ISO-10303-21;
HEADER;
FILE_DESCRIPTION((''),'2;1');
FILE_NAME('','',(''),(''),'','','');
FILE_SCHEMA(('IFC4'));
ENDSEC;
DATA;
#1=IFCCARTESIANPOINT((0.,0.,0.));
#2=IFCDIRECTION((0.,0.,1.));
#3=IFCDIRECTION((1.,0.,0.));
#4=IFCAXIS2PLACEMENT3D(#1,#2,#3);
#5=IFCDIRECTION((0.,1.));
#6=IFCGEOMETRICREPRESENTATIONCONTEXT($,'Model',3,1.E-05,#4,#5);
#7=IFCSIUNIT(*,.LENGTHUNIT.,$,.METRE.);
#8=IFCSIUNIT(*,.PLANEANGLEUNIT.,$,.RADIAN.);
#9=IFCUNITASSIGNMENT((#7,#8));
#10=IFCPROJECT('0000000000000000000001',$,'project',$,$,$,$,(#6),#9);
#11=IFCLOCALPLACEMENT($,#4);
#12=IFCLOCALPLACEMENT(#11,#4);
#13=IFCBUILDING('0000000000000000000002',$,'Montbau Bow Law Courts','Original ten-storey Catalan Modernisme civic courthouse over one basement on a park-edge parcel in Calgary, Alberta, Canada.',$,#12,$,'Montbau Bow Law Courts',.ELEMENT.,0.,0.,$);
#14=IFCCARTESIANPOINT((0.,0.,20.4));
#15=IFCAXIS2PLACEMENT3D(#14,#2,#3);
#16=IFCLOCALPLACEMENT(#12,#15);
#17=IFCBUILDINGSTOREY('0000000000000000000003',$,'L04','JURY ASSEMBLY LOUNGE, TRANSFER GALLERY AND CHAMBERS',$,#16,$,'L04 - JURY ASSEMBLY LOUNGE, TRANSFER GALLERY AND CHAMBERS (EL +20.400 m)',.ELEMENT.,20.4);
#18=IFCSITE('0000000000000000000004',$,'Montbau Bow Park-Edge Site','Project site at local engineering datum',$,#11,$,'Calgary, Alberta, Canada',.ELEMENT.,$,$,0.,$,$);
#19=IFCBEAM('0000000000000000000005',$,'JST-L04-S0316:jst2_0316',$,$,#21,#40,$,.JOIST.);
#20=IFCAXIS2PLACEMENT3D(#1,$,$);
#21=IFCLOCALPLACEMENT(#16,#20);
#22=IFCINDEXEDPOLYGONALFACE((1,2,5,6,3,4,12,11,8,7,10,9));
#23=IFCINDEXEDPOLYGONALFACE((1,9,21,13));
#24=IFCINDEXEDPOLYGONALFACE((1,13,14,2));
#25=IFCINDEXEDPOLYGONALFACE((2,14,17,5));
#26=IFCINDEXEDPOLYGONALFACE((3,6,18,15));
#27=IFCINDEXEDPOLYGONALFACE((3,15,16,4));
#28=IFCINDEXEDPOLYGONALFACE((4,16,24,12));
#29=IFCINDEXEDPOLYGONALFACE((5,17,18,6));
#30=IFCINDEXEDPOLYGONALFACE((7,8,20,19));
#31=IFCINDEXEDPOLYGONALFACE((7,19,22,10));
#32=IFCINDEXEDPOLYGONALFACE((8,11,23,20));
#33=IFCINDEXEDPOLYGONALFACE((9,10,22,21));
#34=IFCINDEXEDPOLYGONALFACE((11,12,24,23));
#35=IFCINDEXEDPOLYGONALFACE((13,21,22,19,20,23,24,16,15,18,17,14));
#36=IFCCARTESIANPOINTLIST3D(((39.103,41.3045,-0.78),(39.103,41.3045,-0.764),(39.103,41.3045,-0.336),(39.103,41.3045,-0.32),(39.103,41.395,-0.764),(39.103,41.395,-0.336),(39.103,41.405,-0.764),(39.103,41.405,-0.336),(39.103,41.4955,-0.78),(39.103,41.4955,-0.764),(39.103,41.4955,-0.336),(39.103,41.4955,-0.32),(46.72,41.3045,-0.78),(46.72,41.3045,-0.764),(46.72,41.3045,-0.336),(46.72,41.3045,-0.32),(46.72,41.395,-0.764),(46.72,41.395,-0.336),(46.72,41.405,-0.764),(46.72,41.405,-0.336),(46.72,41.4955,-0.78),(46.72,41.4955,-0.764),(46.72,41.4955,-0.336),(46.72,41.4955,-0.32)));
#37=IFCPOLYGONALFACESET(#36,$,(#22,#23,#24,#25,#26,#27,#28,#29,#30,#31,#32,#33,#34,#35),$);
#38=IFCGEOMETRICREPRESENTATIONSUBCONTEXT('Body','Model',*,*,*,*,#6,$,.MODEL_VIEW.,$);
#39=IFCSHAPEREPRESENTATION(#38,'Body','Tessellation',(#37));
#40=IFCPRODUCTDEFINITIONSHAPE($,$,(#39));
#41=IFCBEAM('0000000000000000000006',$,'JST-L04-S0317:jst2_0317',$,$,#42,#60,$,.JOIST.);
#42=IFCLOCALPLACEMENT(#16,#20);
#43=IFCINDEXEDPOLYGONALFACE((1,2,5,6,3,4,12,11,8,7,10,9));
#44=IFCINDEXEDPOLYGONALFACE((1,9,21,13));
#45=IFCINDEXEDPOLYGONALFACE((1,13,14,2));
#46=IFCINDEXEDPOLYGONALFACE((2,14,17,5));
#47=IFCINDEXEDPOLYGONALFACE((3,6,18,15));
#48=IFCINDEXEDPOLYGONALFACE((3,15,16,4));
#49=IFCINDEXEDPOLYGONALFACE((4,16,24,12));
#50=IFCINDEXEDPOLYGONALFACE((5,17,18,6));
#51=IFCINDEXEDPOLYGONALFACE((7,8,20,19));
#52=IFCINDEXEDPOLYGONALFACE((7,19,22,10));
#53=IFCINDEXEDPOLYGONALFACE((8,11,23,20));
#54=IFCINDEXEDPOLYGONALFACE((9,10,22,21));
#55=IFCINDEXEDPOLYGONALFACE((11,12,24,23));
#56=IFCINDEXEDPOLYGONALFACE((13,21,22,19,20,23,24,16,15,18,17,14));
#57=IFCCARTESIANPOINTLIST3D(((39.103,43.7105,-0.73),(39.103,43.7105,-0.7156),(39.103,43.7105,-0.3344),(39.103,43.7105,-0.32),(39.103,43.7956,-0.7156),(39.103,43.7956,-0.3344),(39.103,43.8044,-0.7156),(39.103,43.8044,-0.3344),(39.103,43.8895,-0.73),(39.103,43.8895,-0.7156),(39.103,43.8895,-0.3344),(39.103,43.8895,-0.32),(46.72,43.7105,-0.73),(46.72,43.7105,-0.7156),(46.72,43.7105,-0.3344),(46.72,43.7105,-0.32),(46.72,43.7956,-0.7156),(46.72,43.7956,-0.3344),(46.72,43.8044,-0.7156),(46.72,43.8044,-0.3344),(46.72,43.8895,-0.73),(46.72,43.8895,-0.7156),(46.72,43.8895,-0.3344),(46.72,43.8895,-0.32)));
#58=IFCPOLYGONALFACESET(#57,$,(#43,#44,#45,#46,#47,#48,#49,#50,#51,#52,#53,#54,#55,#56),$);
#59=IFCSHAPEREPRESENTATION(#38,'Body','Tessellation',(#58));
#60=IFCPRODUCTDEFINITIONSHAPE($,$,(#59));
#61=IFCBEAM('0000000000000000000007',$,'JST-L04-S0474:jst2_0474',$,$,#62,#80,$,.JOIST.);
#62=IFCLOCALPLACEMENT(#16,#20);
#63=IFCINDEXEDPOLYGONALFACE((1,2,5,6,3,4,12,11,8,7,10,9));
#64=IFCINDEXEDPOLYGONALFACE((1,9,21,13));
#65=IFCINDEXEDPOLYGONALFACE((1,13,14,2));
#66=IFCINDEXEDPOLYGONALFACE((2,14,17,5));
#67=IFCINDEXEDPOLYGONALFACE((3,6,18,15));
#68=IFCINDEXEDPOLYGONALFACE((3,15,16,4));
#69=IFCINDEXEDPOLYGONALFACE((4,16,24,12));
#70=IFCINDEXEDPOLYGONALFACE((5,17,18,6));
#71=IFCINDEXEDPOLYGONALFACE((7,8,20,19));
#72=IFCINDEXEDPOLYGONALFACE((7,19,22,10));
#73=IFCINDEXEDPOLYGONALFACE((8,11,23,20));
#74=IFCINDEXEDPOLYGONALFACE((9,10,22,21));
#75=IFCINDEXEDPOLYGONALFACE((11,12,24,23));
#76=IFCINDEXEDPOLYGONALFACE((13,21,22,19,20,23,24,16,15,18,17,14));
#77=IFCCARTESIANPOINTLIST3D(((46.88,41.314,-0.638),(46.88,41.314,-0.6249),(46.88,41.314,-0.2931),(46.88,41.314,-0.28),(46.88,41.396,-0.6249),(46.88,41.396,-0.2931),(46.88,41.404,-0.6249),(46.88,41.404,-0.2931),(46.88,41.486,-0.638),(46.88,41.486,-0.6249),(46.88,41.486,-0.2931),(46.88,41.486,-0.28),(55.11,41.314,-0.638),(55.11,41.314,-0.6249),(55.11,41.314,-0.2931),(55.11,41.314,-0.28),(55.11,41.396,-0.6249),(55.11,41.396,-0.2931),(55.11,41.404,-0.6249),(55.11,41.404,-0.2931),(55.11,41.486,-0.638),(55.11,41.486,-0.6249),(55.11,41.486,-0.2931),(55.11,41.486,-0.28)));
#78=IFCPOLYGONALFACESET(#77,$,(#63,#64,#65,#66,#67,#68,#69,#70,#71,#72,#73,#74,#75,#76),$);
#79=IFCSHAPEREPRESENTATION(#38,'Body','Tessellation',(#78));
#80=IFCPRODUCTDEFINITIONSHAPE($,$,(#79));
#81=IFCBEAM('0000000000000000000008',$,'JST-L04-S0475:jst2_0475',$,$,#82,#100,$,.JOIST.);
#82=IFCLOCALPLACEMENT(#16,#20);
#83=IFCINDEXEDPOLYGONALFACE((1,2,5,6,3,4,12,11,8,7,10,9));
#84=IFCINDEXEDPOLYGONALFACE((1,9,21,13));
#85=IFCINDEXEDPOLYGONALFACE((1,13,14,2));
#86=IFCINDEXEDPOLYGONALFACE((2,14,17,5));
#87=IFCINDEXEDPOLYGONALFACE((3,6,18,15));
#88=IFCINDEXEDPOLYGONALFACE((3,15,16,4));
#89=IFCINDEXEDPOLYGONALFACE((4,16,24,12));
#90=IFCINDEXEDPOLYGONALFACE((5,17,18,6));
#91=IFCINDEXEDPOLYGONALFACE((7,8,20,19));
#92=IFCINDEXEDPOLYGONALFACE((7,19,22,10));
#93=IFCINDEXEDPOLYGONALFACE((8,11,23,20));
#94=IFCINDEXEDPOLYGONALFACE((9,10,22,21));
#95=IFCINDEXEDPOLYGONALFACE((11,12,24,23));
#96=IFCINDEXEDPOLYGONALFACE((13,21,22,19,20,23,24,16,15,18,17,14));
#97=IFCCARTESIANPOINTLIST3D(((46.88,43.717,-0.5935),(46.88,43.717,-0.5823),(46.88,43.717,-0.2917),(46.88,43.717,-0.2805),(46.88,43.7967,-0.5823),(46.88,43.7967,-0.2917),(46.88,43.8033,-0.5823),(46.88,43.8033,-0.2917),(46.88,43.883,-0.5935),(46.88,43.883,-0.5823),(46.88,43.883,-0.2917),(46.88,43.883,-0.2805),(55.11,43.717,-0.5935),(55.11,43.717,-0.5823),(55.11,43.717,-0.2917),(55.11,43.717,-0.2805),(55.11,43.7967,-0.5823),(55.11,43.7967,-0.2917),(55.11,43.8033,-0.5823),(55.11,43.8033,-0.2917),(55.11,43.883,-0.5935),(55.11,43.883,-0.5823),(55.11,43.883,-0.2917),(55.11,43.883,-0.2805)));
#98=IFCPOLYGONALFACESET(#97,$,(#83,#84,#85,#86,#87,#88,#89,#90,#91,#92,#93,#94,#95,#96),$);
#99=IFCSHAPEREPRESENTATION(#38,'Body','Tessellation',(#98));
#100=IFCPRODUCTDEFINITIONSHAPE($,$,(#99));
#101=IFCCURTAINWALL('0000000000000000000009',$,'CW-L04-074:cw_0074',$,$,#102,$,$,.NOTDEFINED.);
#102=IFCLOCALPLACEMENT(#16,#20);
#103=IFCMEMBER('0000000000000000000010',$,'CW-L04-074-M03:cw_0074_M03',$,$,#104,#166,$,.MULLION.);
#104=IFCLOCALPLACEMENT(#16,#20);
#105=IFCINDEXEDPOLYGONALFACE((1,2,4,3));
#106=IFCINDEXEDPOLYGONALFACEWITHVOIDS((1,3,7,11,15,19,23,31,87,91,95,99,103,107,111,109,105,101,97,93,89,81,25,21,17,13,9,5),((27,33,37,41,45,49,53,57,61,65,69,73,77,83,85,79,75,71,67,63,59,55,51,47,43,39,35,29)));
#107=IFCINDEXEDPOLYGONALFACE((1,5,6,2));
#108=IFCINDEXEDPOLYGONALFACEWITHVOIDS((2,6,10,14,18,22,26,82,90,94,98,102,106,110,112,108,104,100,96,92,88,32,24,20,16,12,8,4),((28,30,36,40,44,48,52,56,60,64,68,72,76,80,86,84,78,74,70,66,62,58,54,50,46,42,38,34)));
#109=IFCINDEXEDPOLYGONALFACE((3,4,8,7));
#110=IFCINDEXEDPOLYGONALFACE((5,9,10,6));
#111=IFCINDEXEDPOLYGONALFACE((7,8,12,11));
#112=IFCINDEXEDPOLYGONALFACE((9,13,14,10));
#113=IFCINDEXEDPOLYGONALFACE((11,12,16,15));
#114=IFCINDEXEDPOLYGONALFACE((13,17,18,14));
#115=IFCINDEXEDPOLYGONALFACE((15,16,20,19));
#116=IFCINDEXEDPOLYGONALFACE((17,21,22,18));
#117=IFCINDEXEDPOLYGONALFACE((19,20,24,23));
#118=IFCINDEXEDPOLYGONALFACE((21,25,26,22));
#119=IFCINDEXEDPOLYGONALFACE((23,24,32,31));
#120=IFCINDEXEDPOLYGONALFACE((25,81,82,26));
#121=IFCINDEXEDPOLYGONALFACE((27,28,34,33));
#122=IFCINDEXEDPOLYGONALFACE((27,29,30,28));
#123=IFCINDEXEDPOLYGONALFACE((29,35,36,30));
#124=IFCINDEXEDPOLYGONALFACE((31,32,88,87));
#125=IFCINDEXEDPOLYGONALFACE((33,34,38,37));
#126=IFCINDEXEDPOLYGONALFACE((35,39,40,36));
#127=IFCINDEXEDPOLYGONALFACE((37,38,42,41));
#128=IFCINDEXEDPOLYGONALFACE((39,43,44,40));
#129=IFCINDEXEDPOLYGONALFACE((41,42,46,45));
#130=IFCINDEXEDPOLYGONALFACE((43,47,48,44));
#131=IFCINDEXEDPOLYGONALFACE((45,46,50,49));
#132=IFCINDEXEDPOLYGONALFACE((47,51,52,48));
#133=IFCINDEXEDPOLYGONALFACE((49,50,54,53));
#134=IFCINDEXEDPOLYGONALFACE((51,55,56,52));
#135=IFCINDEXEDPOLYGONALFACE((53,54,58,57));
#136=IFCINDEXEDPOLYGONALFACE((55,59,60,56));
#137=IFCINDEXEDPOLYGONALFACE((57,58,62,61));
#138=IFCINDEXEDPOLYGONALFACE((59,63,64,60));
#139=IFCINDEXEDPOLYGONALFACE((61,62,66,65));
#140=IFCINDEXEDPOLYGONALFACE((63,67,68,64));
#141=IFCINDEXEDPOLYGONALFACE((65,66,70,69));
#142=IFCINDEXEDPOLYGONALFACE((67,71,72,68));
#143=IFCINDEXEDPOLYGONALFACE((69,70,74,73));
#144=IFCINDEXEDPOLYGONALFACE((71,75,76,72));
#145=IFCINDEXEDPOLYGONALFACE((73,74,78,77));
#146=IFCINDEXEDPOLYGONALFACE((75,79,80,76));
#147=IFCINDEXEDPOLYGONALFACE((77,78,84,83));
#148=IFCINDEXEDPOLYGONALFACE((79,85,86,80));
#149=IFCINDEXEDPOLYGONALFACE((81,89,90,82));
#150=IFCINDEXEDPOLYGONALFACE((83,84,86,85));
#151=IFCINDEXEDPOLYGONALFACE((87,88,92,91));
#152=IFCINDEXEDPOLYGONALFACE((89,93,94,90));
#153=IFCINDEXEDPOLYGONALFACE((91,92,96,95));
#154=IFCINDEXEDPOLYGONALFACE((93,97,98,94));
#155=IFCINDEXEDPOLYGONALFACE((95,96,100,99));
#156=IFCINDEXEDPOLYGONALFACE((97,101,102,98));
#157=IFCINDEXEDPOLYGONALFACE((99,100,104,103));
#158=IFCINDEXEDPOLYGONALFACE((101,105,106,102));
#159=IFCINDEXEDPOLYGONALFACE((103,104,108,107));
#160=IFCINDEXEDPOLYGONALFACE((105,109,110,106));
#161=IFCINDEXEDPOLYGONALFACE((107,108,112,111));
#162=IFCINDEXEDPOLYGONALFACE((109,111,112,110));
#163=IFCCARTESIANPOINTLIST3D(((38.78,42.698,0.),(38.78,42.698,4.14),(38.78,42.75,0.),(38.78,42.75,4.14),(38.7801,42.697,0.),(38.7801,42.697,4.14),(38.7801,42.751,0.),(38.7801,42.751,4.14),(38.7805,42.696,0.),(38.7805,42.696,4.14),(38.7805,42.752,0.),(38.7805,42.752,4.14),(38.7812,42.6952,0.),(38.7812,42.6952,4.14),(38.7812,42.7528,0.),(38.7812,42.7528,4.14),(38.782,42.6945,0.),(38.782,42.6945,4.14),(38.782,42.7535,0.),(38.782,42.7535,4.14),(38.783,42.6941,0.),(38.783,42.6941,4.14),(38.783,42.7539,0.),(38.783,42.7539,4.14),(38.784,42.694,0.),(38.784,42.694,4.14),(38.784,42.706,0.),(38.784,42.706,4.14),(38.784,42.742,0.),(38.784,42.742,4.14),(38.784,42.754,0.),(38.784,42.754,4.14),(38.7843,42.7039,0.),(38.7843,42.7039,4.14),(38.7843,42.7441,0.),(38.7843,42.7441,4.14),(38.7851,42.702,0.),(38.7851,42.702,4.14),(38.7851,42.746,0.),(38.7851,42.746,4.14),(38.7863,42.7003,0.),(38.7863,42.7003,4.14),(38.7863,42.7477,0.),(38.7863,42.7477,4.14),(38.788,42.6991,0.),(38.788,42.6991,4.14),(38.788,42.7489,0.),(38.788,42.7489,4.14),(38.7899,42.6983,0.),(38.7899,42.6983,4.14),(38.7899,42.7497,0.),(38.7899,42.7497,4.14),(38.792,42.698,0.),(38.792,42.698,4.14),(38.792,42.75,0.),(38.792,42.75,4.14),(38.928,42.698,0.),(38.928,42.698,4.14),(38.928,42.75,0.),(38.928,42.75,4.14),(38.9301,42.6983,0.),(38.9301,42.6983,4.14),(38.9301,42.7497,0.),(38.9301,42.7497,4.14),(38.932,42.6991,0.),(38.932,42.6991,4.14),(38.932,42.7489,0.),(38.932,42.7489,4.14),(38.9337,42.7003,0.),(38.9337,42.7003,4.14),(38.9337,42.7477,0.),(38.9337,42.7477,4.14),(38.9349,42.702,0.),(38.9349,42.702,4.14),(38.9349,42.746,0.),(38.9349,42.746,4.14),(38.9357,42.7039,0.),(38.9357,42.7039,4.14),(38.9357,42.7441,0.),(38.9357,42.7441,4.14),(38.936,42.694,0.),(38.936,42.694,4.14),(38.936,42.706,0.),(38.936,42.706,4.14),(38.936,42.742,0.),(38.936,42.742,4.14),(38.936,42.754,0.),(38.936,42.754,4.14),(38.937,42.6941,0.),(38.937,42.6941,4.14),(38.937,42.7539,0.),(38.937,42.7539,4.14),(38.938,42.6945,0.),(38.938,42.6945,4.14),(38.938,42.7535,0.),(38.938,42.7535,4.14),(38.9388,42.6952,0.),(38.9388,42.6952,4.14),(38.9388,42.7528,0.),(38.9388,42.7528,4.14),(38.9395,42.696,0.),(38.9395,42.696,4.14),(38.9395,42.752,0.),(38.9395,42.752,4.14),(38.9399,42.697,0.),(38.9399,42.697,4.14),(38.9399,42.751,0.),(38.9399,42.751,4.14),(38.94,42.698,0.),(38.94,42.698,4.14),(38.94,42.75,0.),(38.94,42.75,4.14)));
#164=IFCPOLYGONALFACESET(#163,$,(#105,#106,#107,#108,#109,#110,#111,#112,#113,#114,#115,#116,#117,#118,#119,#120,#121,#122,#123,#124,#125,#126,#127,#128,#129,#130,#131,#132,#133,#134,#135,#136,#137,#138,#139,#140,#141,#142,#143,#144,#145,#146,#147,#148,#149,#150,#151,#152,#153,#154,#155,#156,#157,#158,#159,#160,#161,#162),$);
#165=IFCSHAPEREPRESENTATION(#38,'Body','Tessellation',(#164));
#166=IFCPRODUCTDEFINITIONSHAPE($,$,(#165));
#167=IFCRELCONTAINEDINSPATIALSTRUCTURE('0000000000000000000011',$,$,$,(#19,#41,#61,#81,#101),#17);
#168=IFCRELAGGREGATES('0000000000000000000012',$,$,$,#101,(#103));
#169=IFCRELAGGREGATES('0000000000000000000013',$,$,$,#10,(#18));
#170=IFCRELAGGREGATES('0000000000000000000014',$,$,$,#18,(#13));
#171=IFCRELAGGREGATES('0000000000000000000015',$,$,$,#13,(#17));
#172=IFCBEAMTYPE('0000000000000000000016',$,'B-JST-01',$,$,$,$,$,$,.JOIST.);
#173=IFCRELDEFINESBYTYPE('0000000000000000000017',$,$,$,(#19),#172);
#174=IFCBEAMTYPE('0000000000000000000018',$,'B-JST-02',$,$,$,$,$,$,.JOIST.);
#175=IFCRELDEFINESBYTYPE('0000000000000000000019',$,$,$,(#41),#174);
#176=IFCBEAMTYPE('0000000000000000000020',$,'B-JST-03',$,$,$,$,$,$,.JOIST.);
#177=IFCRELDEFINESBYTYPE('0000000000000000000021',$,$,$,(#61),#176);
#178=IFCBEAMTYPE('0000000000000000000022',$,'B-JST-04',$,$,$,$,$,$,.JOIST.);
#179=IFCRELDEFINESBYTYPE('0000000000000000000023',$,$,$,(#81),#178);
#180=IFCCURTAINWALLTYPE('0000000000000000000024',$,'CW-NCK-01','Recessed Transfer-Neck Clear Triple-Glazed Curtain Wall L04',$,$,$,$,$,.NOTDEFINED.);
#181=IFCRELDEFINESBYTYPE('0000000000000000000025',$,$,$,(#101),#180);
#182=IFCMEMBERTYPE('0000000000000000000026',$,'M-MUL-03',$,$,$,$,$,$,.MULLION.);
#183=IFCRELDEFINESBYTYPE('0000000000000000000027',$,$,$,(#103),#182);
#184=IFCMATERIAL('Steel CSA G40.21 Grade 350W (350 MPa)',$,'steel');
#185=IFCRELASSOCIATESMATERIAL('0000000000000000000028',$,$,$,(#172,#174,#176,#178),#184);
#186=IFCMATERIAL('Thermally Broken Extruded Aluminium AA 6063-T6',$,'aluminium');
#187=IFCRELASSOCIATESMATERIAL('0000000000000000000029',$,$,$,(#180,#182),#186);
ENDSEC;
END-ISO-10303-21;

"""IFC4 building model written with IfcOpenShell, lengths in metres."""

from ifc_helpers import new_model, si_unit, direction, frame, origin_with_axes, origin_2d_with_axis, place, context, subcontext, project, spatial, hollow_rectangle, i_section, extrude, material, material_profile, profile_set, type_object, element, aggregate, save


model = new_model("IFC4")

# Units and contexts
model_context = context("Model", 3, precision=1e-05, world=origin_with_axes(), true_north=direction((0.0, 1.0)))
body_context = subcontext(model_context, "Body", "Model", "MODEL_VIEW")
ifc_project = project(units=[si_unit("LENGTHUNIT", "METRE"), si_unit("PLANEANGLEUNIT", "RADIAN")], contexts=[model_context])

# Site, building, storey
site_placement = place(None, origin_with_axes())
site = spatial("IfcSite", under=ifc_project, at=site_placement, Name="Montbau Bow Park-Edge Site", Description="Project site at local engineering datum", LongName="Calgary, Alberta, Canada", CompositionType="ELEMENT", RefElevation=0.0)
building_placement = place(site_placement, origin_with_axes())
building = spatial("IfcBuilding", under=site, at=building_placement, Name="Montbau Bow Law Courts", Description="Original ten-storey Catalan Modernisme civic courthouse over one basement on a park-edge parcel in Calgary, Alberta, Canada.", LongName="Montbau Bow Law Courts", CompositionType="ELEMENT", ElevationOfRefHeight=0.0, ElevationOfTerrain=0.0)
storey_placement = place(building_placement, frame((0.0, 0.0, 20.4), z_axis=(0.0, 0.0, 1.0), x_axis=(1.0, 0.0, 0.0)))
storey = spatial("IfcBuildingStorey", under=building, at=storey_placement, Name="L04", Description="JURY ASSEMBLY LOUNGE, TRANSFER GALLERY AND CHAMBERS", LongName="L04 - JURY ASSEMBLY LOUNGE, TRANSFER GALLERY AND CHAMBERS (EL +20.400 m)", CompositionType="ELEMENT", Elevation=20.4)

# Beams
ifc_material_1 = material(Name="Steel CSA G40.21 Grade 350W (350 MPa)", Category="steel")
ifc_material_profile_1 = material_profile(ifc_material_1, i_section(OverallWidth=0.191, OverallDepth=0.46, WebThickness=0.0099, FlangeThickness=0.016, at=origin_2d_with_axis()), Name="W460X82", Category="Main", Priority=0)
ifc_profile_set_1 = profile_set([ifc_material_profile_1], Name="Steel CSA G40.21 Grade 350W (350 MPa)")
beam_type_1 = type_object("IfcBeamType", Name="B-JST-01", PredefinedType="JOIST", material=ifc_profile_set_1)
beam_1_placement = place(None, frame((39.103, 41.4, 19.85), z_axis=(1.0, 0.0, 0.0), x_axis=(0.0, 1.0, 0.0)))
element("IfcBeam", 1, at=beam_1_placement, inside=storey, type_object=beam_type_1, Name="JST-L04-S0316:jst2_0316", PredefinedType="JOIST", context=body_context, shape_type="SweptSolid", body=[
    extrude(i_section(OverallWidth=0.191, OverallDepth=0.46, WebThickness=0.0099, FlangeThickness=0.016, at=origin_2d_with_axis()), origin_with_axes(), (0.0, 0.0, 1.0), 7.617),
])
ifc_material_profile_2 = material_profile(ifc_material_1, i_section(OverallWidth=0.179, OverallDepth=0.41, WebThickness=0.0088, FlangeThickness=0.0144, at=origin_2d_with_axis()), Name="W410X67", Category="Main", Priority=0)
ifc_profile_set_2 = profile_set([ifc_material_profile_2], Name="Steel CSA G40.21 Grade 350W (350 MPa)")
beam_type_2 = type_object("IfcBeamType", Name="B-JST-02", PredefinedType="JOIST", material=ifc_profile_set_2)
beam_2_placement = place(None, frame((39.103, 43.8, 19.875), z_axis=(1.0, 0.0, 0.0), x_axis=(0.0, 1.0, 0.0)))
element("IfcBeam", 2, at=beam_2_placement, inside=storey, type_object=beam_type_2, Name="JST-L04-S0317:jst2_0317", PredefinedType="JOIST", context=body_context, shape_type="SweptSolid", body=[
    extrude(i_section(OverallWidth=0.179, OverallDepth=0.41, WebThickness=0.0088, FlangeThickness=0.0144, at=origin_2d_with_axis()), origin_with_axes(), (0.0, 0.0, 1.0), 7.617),
])
ifc_material_profile_3 = material_profile(ifc_material_1, i_section(OverallWidth=0.172, OverallDepth=0.358, WebThickness=0.0079, FlangeThickness=0.0131, at=origin_2d_with_axis()), Name="W360X57", Category="Main", Priority=0)
ifc_profile_set_3 = profile_set([ifc_material_profile_3], Name="Steel CSA G40.21 Grade 350W (350 MPa)")
beam_type_3 = type_object("IfcBeamType", Name="B-JST-03", PredefinedType="JOIST", material=ifc_profile_set_3)
beam_3_placement = place(None, frame((46.88, 41.4, 19.941), z_axis=(1.0, 0.0, 0.0), x_axis=(0.0, 1.0, 0.0)))
element("IfcBeam", 3, at=beam_3_placement, inside=storey, type_object=beam_type_3, Name="JST-L04-S0474:jst2_0474", PredefinedType="JOIST", context=body_context, shape_type="SweptSolid", body=[
    extrude(i_section(OverallWidth=0.172, OverallDepth=0.358, WebThickness=0.0079, FlangeThickness=0.0131, at=origin_2d_with_axis()), origin_with_axes(), (0.0, 0.0, 1.0), 8.23),
])
ifc_material_profile_4 = material_profile(ifc_material_1, i_section(OverallWidth=0.166, OverallDepth=0.313, WebThickness=0.0066, FlangeThickness=0.0112, at=origin_2d_with_axis()), Name="W310X45", Category="Main", Priority=0)
ifc_profile_set_4 = profile_set([ifc_material_profile_4], Name="Steel CSA G40.21 Grade 350W (350 MPa)")
beam_type_4 = type_object("IfcBeamType", Name="B-JST-04", PredefinedType="JOIST", material=ifc_profile_set_4)
beam_4_placement = place(None, frame((46.88, 43.8, 19.963), z_axis=(1.0, 0.0, 0.0), x_axis=(0.0, 1.0, 0.0)))
element("IfcBeam", 4, at=beam_4_placement, inside=storey, type_object=beam_type_4, Name="JST-L04-S0475:jst2_0475", PredefinedType="JOIST", context=body_context, shape_type="SweptSolid", body=[
    extrude(i_section(OverallWidth=0.166, OverallDepth=0.313, WebThickness=0.0066, FlangeThickness=0.0112, at=origin_2d_with_axis()), origin_with_axes(), (0.0, 0.0, 1.0), 8.23),
])

# Curtain wall, member
ifc_material_2 = material(Name="Thermally Broken Extruded Aluminium AA 6063-T6", Category="aluminium")
curtain_wall_type = type_object("IfcCurtainWallType", Name="CW-NCK-01", Description="Recessed Transfer-Neck Clear Triple-Glazed Curtain Wall L04", PredefinedType="NOTDEFINED", material=ifc_material_2)
curtain_wall_placement = place(None, frame((38.86, 39.515, 20.4), z_axis=(0.0, 0.0, 1.0), x_axis=(1.0, 0.0, 0.0)))
curtain_wall = element("IfcCurtainWall", 5, at=curtain_wall_placement, inside=storey, type_object=curtain_wall_type, Name="CW-L04-074:cw_0074", PredefinedType="NOTDEFINED")
ifc_material_profile_5 = material_profile(ifc_material_2, hollow_rectangle(XDim=0.06, YDim=0.16, WallThickness=0.004, InnerFilletRadius=0.008, OuterFilletRadius=0.004, at=origin_2d_with_axis()), Name="CWM-160X60", Category="Main", Priority=0)
ifc_profile_set_5 = profile_set([ifc_material_profile_5], Name="Thermally Broken Extruded Aluminium AA 6063-T6")
member_type_1 = type_object("IfcMemberType", Name="M-MUL-03", PredefinedType="MULLION", material=ifc_profile_set_5)
member_1_placement = place(None, frame((38.86, 42.724, 20.4), z_axis=(0.0, 0.0, 1.0), x_axis=(0.0, 1.0, 0.0)))
member_1 = element("IfcMember", 6, at=member_1_placement, type_object=member_type_1, Name="CW-L04-074-M03:cw_0074_M03", PredefinedType="MULLION", context=body_context, shape_type="SweptSolid", body=[
    extrude(hollow_rectangle(XDim=0.06, YDim=0.16, WallThickness=0.004, InnerFilletRadius=0.008, OuterFilletRadius=0.004, at=origin_2d_with_axis()), origin_with_axes(), (0.0, 0.0, 1.0), 4.14),
])
aggregate(curtain_wall, [member_1])

save(model, "model.ifc")
